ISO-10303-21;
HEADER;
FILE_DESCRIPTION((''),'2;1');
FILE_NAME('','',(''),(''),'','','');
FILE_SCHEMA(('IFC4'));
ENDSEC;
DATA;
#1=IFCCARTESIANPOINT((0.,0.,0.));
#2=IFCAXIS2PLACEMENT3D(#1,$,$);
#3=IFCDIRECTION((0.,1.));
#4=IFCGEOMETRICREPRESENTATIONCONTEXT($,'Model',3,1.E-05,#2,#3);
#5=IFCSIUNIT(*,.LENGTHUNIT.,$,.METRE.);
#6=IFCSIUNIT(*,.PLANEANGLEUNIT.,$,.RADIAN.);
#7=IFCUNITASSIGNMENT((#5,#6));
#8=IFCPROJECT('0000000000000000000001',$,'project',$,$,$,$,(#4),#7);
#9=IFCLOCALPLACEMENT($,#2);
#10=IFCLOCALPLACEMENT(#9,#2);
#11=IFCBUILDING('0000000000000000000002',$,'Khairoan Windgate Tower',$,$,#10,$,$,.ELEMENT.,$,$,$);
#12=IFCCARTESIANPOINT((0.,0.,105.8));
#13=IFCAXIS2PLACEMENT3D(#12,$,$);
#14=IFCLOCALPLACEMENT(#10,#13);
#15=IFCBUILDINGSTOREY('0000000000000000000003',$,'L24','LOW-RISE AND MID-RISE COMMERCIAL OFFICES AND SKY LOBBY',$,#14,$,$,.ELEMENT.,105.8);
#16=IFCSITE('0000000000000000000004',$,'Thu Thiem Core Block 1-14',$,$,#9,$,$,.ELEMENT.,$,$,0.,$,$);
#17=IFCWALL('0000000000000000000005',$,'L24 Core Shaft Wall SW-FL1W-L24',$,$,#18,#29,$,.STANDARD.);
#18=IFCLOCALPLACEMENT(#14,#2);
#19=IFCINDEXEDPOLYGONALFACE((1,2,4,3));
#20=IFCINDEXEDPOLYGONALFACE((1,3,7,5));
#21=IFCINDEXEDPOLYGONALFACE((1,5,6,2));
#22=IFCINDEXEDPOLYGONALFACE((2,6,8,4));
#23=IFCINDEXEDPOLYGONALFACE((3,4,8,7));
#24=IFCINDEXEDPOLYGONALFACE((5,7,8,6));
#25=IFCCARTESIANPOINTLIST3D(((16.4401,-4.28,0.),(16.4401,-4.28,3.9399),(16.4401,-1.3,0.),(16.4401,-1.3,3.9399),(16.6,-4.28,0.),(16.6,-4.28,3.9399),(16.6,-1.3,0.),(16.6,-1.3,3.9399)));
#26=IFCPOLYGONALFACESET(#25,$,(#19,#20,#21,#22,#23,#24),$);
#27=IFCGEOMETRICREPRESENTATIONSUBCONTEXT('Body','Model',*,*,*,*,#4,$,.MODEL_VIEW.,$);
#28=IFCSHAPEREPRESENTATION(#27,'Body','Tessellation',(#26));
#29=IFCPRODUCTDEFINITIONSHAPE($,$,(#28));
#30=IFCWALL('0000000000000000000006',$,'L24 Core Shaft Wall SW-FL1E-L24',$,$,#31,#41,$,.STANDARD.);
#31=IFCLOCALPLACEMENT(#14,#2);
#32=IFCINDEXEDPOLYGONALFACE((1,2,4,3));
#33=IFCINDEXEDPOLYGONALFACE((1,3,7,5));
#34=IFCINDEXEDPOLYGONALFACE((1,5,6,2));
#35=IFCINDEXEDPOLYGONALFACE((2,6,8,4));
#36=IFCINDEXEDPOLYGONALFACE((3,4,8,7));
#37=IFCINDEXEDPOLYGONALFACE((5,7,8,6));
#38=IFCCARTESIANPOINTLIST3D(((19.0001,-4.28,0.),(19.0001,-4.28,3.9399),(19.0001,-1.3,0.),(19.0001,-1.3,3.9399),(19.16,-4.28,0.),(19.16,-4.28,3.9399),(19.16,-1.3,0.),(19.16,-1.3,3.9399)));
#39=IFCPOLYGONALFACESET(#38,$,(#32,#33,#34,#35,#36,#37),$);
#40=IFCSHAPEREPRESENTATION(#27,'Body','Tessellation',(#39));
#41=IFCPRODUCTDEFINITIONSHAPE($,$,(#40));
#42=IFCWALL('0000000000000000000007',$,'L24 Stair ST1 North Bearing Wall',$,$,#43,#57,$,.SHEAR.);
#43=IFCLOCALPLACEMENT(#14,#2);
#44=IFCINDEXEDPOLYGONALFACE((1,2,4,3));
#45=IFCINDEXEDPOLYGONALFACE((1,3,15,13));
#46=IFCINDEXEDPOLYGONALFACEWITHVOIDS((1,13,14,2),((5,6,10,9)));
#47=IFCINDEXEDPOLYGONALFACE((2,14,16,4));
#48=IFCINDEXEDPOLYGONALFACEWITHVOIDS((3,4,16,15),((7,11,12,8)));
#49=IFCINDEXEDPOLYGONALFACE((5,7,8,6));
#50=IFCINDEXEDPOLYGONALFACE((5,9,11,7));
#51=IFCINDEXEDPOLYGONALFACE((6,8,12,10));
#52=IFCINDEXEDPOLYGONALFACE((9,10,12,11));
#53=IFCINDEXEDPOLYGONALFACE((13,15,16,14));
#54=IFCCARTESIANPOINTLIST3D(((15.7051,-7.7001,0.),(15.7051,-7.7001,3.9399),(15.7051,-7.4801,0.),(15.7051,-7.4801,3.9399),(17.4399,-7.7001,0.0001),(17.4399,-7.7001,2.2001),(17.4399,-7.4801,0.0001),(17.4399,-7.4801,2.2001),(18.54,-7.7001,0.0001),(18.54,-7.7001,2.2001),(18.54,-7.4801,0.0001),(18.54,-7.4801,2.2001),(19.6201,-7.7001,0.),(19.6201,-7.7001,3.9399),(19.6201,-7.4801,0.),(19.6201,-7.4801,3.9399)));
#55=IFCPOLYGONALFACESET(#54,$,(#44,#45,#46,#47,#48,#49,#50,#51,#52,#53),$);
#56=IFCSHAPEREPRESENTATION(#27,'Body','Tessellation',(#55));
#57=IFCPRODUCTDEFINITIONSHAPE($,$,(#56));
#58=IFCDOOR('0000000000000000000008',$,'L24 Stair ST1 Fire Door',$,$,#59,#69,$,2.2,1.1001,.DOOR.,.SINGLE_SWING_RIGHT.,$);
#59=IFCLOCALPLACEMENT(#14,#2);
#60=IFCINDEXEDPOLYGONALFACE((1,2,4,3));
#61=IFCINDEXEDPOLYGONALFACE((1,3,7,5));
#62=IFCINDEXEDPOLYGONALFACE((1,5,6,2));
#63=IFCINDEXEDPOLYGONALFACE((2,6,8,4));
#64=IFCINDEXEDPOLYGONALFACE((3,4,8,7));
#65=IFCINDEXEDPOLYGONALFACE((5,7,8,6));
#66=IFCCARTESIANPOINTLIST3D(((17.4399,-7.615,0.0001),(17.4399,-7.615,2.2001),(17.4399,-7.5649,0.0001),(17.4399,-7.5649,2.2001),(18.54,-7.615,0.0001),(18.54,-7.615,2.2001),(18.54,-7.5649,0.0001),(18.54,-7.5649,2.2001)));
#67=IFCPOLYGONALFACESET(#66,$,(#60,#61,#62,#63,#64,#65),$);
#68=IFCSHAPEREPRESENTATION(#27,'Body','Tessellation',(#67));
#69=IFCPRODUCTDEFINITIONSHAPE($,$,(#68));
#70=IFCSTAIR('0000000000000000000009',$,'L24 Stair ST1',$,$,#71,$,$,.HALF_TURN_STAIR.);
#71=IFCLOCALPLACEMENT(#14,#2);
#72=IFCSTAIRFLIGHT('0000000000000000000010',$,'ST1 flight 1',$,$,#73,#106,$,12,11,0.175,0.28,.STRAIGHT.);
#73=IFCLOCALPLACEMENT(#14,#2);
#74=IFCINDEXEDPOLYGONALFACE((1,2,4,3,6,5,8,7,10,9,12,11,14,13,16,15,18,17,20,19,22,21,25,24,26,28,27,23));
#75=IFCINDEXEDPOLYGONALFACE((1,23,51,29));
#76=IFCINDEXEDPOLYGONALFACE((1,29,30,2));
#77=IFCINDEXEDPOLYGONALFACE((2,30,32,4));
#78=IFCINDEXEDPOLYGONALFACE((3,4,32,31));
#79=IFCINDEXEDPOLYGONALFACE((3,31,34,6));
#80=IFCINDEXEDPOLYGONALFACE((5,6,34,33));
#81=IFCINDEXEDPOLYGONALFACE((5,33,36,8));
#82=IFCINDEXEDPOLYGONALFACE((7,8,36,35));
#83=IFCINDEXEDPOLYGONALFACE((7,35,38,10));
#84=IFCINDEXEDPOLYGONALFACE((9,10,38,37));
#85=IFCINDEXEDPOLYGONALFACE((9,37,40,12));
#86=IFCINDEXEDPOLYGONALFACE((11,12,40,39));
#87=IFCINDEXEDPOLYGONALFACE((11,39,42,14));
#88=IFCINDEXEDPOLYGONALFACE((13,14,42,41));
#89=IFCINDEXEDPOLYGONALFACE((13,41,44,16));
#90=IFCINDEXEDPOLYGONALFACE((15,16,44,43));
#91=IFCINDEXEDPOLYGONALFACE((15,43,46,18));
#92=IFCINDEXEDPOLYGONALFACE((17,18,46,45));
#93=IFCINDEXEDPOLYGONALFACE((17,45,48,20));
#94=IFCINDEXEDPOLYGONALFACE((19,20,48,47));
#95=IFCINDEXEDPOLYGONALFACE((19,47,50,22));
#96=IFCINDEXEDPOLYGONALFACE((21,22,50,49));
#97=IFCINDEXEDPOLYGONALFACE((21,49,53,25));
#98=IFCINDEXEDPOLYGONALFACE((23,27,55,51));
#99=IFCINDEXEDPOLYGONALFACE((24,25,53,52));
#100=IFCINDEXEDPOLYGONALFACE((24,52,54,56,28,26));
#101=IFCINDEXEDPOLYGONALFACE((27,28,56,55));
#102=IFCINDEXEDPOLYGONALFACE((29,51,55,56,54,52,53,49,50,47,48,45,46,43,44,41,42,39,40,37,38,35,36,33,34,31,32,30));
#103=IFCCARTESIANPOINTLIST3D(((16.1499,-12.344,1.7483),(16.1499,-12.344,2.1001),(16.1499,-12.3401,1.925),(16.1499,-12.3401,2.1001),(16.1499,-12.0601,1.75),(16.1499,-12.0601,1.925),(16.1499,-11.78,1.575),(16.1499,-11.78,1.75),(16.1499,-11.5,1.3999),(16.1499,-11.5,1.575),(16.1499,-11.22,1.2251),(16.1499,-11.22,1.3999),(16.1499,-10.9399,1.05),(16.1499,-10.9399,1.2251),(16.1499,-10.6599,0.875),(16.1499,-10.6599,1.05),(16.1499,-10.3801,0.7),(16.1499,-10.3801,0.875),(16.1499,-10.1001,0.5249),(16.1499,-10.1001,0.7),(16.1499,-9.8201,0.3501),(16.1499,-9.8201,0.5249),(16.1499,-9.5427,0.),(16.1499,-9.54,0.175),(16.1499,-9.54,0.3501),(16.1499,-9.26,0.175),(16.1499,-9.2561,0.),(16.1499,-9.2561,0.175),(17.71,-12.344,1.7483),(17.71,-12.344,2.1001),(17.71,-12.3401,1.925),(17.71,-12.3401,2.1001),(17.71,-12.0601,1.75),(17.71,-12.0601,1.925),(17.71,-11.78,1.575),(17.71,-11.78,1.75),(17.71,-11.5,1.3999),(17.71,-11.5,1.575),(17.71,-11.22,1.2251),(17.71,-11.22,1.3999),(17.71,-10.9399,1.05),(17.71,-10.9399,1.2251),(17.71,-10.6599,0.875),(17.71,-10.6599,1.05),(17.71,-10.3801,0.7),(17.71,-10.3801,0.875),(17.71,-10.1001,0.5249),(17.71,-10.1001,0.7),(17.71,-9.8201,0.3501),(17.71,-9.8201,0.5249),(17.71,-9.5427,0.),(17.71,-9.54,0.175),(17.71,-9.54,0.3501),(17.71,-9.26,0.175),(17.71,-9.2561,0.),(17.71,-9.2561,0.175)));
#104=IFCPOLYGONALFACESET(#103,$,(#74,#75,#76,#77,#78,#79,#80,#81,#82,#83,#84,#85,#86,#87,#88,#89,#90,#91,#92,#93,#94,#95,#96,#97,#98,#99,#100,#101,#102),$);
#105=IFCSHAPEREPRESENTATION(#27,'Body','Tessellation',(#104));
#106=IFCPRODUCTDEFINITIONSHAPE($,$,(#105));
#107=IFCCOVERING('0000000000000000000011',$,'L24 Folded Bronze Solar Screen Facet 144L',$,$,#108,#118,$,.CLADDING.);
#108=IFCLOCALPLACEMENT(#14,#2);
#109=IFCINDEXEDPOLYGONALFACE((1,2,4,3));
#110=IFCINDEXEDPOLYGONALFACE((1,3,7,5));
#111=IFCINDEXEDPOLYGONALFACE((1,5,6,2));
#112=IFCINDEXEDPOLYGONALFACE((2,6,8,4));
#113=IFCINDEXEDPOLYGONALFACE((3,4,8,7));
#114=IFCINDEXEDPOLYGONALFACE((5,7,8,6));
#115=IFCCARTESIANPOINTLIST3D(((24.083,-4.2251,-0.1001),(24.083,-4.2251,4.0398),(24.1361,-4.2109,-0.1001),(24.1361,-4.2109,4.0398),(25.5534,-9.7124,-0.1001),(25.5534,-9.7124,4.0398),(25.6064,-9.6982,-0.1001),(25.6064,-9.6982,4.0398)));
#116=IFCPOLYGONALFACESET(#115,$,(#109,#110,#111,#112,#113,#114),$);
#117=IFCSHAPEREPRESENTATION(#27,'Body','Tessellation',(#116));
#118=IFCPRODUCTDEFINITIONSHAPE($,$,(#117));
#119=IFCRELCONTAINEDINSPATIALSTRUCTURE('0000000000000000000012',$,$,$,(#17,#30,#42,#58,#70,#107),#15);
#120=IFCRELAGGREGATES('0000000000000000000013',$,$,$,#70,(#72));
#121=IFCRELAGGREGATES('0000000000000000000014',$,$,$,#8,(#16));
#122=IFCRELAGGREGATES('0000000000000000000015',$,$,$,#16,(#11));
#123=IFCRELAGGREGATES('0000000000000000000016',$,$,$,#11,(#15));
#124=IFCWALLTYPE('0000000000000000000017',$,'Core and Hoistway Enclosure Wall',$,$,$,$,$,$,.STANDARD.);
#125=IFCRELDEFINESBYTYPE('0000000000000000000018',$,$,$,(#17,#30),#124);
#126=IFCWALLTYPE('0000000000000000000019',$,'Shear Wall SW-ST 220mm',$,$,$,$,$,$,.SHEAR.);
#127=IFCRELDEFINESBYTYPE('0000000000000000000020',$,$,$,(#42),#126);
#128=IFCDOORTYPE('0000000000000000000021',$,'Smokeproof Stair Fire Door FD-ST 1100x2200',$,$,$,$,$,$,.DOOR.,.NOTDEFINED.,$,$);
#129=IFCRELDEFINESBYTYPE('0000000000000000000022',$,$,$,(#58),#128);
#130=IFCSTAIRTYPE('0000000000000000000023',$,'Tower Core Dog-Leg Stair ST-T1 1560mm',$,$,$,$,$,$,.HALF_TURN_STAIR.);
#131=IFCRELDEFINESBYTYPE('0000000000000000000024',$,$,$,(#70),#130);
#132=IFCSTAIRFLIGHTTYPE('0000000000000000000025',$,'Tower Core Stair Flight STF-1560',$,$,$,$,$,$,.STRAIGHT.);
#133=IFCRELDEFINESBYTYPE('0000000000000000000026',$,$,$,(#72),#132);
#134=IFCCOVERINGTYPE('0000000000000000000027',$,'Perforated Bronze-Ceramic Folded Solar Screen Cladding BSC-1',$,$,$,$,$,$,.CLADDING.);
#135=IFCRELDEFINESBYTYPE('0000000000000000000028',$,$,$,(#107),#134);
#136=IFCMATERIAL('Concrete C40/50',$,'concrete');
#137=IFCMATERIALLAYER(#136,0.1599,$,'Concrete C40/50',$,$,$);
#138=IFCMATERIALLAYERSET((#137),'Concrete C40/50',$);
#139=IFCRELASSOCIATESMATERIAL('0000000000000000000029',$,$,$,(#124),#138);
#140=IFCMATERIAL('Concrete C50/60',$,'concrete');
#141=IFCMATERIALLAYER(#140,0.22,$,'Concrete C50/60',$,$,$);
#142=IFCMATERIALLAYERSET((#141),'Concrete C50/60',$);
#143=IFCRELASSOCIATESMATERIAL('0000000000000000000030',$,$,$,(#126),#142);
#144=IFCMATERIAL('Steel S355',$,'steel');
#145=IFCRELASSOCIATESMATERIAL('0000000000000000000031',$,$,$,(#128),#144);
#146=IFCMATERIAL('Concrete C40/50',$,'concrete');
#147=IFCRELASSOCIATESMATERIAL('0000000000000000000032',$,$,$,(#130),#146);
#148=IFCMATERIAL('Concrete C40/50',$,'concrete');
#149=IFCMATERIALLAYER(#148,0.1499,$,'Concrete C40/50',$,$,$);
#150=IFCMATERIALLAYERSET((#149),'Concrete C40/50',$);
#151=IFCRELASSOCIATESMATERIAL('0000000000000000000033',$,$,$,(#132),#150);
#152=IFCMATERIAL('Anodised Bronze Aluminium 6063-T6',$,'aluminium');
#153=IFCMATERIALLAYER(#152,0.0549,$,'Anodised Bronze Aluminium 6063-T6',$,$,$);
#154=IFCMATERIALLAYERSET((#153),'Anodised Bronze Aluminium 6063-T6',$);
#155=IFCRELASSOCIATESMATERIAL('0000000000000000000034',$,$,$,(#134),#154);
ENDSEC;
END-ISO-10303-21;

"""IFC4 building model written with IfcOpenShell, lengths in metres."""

from ifc_helpers import new_model, si_unit, direction, frame, frame_2d, origin, origin_2d, place, context, subcontext, project, spatial, polyline, rectangle, outline, extrude, material, layer, layer_set, type_object, element, fill, aggregate, save


model = new_model("IFC4")

# Units and contexts
model_context = context("Model", 3, precision=1e-05, world=origin(), true_north=direction((0.0, 1.0)))
body_context = subcontext(model_context, "Body", "Model", "MODEL_VIEW")
ifc_project = project(units=[si_unit("LENGTHUNIT", "METRE"), si_unit("PLANEANGLEUNIT", "RADIAN")], contexts=[model_context])

# Site, building, storey
site_placement = place(None, origin())
site = spatial("IfcSite", under=ifc_project, at=site_placement, Name="Thu Thiem Core Block 1-14", CompositionType="ELEMENT", RefElevation=0.0)
building_placement = place(site_placement, origin())
building = spatial("IfcBuilding", under=site, at=building_placement, Name="Khairoan Windgate Tower", CompositionType="ELEMENT")
storey_placement = place(building_placement, frame((0.0, 0.0, 105.8)))
storey = spatial("IfcBuildingStorey", under=building, at=storey_placement, Name="L24", Description="LOW-RISE AND MID-RISE COMMERCIAL OFFICES AND SKY LOBBY", CompositionType="ELEMENT", Elevation=105.8)

# Walls
ifc_material_1 = material(Name="Concrete C40/50", Category="concrete")
ifc_layer_1 = layer(ifc_material_1, 0.1599, Name="Concrete C40/50")
ifc_layer_set_1 = layer_set([ifc_layer_1], Name="Concrete C40/50")
wall_type_1 = type_object("IfcWallType", Name="Core and Hoistway Enclosure Wall", PredefinedType="STANDARD", material=ifc_layer_set_1)
for number, where, z_axis, x_axis, name in (
    (1, (16.52, -4.28, 0.0), (0.0, 0.0, 1.0), (0.0, 1.0, 0.0), "L24 Core Shaft Wall SW-FL1W-L24"),
    (2, (19.0801, -4.28, 0.0), (0.0, 0.0, 1.0), (0.0, 1.0, 0.0), "L24 Core Shaft Wall SW-FL1E-L24"),
):
    element("IfcWall", number, at=place(storey_placement, frame(where, z_axis=z_axis, x_axis=x_axis)), inside=storey, type_object=wall_type_1, Name=name, PredefinedType="STANDARD", context=body_context, shape_type="SweptSolid", body=[
        extrude(rectangle(XDim=2.98, YDim=0.1599, at=frame_2d((1.49, 0.0))), origin(), (0.0, 0.0, 1.0), 3.9399),
    ])

# Wall, opening, door
ifc_material_2 = material(Name="Concrete C50/60", Category="concrete")
ifc_layer_2 = layer(ifc_material_2, 0.22, Name="Concrete C50/60")
ifc_layer_set_2 = layer_set([ifc_layer_2], Name="Concrete C50/60")
wall_type_2 = type_object("IfcWallType", Name="Shear Wall SW-ST 220mm", PredefinedType="SHEAR", material=ifc_layer_set_2)
wall_placement = place(storey_placement, frame((19.6201, -7.5901, 0.0), z_axis=(0.0, 0.0, 1.0), x_axis=(-1.0, 0.0, 0.0)))
wall = element("IfcWall", 3, at=wall_placement, inside=storey, type_object=wall_type_2, Name="L24 Stair ST1 North Bearing Wall", PredefinedType="SHEAR", context=body_context, shape_type="SweptSolid", body=[
    extrude(rectangle(XDim=3.915, YDim=0.22, at=frame_2d((1.9575, 0.0))), origin(), (0.0, 0.0, 1.0), 3.9399),
])
opening_placement = place(wall_placement, frame((1.0801, 0.0, 0.0)))
opening = element("IfcOpeningElement", 4, at=opening_placement, cuts=wall, PredefinedType="OPENING", context=body_context, shape_type="SweptSolid", body=[
    extrude(rectangle(XDim=1.1001, YDim=2.2, at=frame_2d((0.55, 1.1001))), frame((0.0, 0.1199, 0.0), z_axis=(0.0, -1.0, 0.0), x_axis=(1.0, 0.0, 0.0)), (0.0, 0.0, 1.0), 0.24),
])
ifc_material_3 = material(Name="Steel S355", Category="steel")
door_type = type_object("IfcDoorType", Name="Smokeproof Stair Fire Door FD-ST 1100x2200", OperationType="NOTDEFINED", PredefinedType="DOOR", material=ifc_material_3)
door_placement = place(opening_placement, origin())
door = element("IfcDoor", 5, at=door_placement, inside=storey, type_object=door_type, Name="L24 Stair ST1 Fire Door", OperationType="SINGLE_SWING_RIGHT", OverallHeight=2.2, OverallWidth=1.1001, PredefinedType="DOOR", context=body_context, shape_type="SweptSolid", body=[
    extrude(rectangle(XDim=1.1001, YDim=2.2, at=frame_2d((0.55, 1.1001))), frame((0.0, 0.0249, 0.0), z_axis=(0.0, -1.0, 0.0), x_axis=(1.0, 0.0, 0.0)), (0.0, 0.0, 1.0), 0.05),
])
fill(opening, door)

# Stair, stair flight
ifc_material_4 = material(Name="Concrete C40/50", Category="concrete")
stair_type = type_object("IfcStairType", Name="Tower Core Dog-Leg Stair ST-T1 1560mm", PredefinedType="HALF_TURN_STAIR", material=ifc_material_4)
stair_placement = place(storey_placement, origin())
stair = element("IfcStair", 6, at=stair_placement, inside=storey, type_object=stair_type, Name="L24 Stair ST1", PredefinedType="HALF_TURN_STAIR")
ifc_material_5 = material(Name="Concrete C40/50", Category="concrete")
ifc_layer_3 = layer(ifc_material_5, 0.1499, Name="Concrete C40/50")
ifc_layer_set_3 = layer_set([ifc_layer_3], Name="Concrete C40/50")
stair_flight_type = type_object("IfcStairFlightType", Name="Tower Core Stair Flight STF-1560", PredefinedType="STRAIGHT", material=ifc_layer_set_3)
stair_flight_placement = place(storey_placement, frame((16.9299, -9.26, 0.0), z_axis=(0.0, 0.0, 1.0), x_axis=(0.0, -1.0, 0.0)))
stair_flight = element("IfcStairFlight", 7, at=stair_flight_placement, type_object=stair_flight_type, Name="ST1 flight 1", NumberOfRisers=12, NumberOfTreads=11, PredefinedType="STRAIGHT", RiserHeight=0.175, TreadLength=0.28, context=body_context, shape_type="SweptSolid", body=[
    extrude(outline(polyline([(-0.0039, 0.0), (-0.0039, 0.175), (0.0, 0.175), (0.28, 0.175), (0.28, 0.3501), (0.5601, 0.3501), (0.5601, 0.5249), (0.8401, 0.5249), (0.8401, 0.7), (1.1201, 0.7), (1.1201, 0.875), (1.3999, 0.875), (1.3999, 1.05), (1.6799, 1.05), (1.6799, 1.2251), (1.96, 1.2251), (1.96, 1.3999), (2.24, 1.3999), (2.24, 1.575), (2.52, 1.575), (2.52, 1.75), (2.8, 1.75), (2.8, 1.925), (3.0801, 1.925), (3.0801, 2.1001), (3.084, 2.1001), (3.084, 1.7483), (0.2827, 0.0), (-0.0039, 0.0)])), frame((0.0, 0.78, 0.0), z_axis=(0.0, -1.0, 0.0), x_axis=(1.0, 0.0, 0.0)), (0.0, 0.0, 1.0), 1.5601),
])
aggregate(stair, [stair_flight])

# Covering
ifc_material_6 = material(Name="Anodised Bronze Aluminium 6063-T6", Category="aluminium")
ifc_layer_4 = layer(ifc_material_6, 0.0549, Name="Anodised Bronze Aluminium 6063-T6")
ifc_layer_set_4 = layer_set([ifc_layer_4], Name="Anodised Bronze Aluminium 6063-T6")
covering_type = type_object("IfcCoveringType", Name="Perforated Bronze-Ceramic Folded Solar Screen Cladding BSC-1", PredefinedType="CLADDING", material=ifc_layer_set_4)
covering_placement = place(storey_placement, frame((24.8447, -6.9617, -0.1001), z_axis=(0.0, 0.0, 1.0), x_axis=(0.258819, -0.965926, 0.0)))
element("IfcCovering", 8, at=covering_placement, inside=storey, type_object=covering_type, Name="L24 Folded Bronze Solar Screen Facet 144L", PredefinedType="CLADDING", context=body_context, shape_type="SweptSolid", body=[
    extrude(rectangle(XDim=5.6809, YDim=0.0549, at=origin_2d()), origin(), (0.0, 0.0, 1.0), 4.1399),
])

save(model, "model.ifc")
